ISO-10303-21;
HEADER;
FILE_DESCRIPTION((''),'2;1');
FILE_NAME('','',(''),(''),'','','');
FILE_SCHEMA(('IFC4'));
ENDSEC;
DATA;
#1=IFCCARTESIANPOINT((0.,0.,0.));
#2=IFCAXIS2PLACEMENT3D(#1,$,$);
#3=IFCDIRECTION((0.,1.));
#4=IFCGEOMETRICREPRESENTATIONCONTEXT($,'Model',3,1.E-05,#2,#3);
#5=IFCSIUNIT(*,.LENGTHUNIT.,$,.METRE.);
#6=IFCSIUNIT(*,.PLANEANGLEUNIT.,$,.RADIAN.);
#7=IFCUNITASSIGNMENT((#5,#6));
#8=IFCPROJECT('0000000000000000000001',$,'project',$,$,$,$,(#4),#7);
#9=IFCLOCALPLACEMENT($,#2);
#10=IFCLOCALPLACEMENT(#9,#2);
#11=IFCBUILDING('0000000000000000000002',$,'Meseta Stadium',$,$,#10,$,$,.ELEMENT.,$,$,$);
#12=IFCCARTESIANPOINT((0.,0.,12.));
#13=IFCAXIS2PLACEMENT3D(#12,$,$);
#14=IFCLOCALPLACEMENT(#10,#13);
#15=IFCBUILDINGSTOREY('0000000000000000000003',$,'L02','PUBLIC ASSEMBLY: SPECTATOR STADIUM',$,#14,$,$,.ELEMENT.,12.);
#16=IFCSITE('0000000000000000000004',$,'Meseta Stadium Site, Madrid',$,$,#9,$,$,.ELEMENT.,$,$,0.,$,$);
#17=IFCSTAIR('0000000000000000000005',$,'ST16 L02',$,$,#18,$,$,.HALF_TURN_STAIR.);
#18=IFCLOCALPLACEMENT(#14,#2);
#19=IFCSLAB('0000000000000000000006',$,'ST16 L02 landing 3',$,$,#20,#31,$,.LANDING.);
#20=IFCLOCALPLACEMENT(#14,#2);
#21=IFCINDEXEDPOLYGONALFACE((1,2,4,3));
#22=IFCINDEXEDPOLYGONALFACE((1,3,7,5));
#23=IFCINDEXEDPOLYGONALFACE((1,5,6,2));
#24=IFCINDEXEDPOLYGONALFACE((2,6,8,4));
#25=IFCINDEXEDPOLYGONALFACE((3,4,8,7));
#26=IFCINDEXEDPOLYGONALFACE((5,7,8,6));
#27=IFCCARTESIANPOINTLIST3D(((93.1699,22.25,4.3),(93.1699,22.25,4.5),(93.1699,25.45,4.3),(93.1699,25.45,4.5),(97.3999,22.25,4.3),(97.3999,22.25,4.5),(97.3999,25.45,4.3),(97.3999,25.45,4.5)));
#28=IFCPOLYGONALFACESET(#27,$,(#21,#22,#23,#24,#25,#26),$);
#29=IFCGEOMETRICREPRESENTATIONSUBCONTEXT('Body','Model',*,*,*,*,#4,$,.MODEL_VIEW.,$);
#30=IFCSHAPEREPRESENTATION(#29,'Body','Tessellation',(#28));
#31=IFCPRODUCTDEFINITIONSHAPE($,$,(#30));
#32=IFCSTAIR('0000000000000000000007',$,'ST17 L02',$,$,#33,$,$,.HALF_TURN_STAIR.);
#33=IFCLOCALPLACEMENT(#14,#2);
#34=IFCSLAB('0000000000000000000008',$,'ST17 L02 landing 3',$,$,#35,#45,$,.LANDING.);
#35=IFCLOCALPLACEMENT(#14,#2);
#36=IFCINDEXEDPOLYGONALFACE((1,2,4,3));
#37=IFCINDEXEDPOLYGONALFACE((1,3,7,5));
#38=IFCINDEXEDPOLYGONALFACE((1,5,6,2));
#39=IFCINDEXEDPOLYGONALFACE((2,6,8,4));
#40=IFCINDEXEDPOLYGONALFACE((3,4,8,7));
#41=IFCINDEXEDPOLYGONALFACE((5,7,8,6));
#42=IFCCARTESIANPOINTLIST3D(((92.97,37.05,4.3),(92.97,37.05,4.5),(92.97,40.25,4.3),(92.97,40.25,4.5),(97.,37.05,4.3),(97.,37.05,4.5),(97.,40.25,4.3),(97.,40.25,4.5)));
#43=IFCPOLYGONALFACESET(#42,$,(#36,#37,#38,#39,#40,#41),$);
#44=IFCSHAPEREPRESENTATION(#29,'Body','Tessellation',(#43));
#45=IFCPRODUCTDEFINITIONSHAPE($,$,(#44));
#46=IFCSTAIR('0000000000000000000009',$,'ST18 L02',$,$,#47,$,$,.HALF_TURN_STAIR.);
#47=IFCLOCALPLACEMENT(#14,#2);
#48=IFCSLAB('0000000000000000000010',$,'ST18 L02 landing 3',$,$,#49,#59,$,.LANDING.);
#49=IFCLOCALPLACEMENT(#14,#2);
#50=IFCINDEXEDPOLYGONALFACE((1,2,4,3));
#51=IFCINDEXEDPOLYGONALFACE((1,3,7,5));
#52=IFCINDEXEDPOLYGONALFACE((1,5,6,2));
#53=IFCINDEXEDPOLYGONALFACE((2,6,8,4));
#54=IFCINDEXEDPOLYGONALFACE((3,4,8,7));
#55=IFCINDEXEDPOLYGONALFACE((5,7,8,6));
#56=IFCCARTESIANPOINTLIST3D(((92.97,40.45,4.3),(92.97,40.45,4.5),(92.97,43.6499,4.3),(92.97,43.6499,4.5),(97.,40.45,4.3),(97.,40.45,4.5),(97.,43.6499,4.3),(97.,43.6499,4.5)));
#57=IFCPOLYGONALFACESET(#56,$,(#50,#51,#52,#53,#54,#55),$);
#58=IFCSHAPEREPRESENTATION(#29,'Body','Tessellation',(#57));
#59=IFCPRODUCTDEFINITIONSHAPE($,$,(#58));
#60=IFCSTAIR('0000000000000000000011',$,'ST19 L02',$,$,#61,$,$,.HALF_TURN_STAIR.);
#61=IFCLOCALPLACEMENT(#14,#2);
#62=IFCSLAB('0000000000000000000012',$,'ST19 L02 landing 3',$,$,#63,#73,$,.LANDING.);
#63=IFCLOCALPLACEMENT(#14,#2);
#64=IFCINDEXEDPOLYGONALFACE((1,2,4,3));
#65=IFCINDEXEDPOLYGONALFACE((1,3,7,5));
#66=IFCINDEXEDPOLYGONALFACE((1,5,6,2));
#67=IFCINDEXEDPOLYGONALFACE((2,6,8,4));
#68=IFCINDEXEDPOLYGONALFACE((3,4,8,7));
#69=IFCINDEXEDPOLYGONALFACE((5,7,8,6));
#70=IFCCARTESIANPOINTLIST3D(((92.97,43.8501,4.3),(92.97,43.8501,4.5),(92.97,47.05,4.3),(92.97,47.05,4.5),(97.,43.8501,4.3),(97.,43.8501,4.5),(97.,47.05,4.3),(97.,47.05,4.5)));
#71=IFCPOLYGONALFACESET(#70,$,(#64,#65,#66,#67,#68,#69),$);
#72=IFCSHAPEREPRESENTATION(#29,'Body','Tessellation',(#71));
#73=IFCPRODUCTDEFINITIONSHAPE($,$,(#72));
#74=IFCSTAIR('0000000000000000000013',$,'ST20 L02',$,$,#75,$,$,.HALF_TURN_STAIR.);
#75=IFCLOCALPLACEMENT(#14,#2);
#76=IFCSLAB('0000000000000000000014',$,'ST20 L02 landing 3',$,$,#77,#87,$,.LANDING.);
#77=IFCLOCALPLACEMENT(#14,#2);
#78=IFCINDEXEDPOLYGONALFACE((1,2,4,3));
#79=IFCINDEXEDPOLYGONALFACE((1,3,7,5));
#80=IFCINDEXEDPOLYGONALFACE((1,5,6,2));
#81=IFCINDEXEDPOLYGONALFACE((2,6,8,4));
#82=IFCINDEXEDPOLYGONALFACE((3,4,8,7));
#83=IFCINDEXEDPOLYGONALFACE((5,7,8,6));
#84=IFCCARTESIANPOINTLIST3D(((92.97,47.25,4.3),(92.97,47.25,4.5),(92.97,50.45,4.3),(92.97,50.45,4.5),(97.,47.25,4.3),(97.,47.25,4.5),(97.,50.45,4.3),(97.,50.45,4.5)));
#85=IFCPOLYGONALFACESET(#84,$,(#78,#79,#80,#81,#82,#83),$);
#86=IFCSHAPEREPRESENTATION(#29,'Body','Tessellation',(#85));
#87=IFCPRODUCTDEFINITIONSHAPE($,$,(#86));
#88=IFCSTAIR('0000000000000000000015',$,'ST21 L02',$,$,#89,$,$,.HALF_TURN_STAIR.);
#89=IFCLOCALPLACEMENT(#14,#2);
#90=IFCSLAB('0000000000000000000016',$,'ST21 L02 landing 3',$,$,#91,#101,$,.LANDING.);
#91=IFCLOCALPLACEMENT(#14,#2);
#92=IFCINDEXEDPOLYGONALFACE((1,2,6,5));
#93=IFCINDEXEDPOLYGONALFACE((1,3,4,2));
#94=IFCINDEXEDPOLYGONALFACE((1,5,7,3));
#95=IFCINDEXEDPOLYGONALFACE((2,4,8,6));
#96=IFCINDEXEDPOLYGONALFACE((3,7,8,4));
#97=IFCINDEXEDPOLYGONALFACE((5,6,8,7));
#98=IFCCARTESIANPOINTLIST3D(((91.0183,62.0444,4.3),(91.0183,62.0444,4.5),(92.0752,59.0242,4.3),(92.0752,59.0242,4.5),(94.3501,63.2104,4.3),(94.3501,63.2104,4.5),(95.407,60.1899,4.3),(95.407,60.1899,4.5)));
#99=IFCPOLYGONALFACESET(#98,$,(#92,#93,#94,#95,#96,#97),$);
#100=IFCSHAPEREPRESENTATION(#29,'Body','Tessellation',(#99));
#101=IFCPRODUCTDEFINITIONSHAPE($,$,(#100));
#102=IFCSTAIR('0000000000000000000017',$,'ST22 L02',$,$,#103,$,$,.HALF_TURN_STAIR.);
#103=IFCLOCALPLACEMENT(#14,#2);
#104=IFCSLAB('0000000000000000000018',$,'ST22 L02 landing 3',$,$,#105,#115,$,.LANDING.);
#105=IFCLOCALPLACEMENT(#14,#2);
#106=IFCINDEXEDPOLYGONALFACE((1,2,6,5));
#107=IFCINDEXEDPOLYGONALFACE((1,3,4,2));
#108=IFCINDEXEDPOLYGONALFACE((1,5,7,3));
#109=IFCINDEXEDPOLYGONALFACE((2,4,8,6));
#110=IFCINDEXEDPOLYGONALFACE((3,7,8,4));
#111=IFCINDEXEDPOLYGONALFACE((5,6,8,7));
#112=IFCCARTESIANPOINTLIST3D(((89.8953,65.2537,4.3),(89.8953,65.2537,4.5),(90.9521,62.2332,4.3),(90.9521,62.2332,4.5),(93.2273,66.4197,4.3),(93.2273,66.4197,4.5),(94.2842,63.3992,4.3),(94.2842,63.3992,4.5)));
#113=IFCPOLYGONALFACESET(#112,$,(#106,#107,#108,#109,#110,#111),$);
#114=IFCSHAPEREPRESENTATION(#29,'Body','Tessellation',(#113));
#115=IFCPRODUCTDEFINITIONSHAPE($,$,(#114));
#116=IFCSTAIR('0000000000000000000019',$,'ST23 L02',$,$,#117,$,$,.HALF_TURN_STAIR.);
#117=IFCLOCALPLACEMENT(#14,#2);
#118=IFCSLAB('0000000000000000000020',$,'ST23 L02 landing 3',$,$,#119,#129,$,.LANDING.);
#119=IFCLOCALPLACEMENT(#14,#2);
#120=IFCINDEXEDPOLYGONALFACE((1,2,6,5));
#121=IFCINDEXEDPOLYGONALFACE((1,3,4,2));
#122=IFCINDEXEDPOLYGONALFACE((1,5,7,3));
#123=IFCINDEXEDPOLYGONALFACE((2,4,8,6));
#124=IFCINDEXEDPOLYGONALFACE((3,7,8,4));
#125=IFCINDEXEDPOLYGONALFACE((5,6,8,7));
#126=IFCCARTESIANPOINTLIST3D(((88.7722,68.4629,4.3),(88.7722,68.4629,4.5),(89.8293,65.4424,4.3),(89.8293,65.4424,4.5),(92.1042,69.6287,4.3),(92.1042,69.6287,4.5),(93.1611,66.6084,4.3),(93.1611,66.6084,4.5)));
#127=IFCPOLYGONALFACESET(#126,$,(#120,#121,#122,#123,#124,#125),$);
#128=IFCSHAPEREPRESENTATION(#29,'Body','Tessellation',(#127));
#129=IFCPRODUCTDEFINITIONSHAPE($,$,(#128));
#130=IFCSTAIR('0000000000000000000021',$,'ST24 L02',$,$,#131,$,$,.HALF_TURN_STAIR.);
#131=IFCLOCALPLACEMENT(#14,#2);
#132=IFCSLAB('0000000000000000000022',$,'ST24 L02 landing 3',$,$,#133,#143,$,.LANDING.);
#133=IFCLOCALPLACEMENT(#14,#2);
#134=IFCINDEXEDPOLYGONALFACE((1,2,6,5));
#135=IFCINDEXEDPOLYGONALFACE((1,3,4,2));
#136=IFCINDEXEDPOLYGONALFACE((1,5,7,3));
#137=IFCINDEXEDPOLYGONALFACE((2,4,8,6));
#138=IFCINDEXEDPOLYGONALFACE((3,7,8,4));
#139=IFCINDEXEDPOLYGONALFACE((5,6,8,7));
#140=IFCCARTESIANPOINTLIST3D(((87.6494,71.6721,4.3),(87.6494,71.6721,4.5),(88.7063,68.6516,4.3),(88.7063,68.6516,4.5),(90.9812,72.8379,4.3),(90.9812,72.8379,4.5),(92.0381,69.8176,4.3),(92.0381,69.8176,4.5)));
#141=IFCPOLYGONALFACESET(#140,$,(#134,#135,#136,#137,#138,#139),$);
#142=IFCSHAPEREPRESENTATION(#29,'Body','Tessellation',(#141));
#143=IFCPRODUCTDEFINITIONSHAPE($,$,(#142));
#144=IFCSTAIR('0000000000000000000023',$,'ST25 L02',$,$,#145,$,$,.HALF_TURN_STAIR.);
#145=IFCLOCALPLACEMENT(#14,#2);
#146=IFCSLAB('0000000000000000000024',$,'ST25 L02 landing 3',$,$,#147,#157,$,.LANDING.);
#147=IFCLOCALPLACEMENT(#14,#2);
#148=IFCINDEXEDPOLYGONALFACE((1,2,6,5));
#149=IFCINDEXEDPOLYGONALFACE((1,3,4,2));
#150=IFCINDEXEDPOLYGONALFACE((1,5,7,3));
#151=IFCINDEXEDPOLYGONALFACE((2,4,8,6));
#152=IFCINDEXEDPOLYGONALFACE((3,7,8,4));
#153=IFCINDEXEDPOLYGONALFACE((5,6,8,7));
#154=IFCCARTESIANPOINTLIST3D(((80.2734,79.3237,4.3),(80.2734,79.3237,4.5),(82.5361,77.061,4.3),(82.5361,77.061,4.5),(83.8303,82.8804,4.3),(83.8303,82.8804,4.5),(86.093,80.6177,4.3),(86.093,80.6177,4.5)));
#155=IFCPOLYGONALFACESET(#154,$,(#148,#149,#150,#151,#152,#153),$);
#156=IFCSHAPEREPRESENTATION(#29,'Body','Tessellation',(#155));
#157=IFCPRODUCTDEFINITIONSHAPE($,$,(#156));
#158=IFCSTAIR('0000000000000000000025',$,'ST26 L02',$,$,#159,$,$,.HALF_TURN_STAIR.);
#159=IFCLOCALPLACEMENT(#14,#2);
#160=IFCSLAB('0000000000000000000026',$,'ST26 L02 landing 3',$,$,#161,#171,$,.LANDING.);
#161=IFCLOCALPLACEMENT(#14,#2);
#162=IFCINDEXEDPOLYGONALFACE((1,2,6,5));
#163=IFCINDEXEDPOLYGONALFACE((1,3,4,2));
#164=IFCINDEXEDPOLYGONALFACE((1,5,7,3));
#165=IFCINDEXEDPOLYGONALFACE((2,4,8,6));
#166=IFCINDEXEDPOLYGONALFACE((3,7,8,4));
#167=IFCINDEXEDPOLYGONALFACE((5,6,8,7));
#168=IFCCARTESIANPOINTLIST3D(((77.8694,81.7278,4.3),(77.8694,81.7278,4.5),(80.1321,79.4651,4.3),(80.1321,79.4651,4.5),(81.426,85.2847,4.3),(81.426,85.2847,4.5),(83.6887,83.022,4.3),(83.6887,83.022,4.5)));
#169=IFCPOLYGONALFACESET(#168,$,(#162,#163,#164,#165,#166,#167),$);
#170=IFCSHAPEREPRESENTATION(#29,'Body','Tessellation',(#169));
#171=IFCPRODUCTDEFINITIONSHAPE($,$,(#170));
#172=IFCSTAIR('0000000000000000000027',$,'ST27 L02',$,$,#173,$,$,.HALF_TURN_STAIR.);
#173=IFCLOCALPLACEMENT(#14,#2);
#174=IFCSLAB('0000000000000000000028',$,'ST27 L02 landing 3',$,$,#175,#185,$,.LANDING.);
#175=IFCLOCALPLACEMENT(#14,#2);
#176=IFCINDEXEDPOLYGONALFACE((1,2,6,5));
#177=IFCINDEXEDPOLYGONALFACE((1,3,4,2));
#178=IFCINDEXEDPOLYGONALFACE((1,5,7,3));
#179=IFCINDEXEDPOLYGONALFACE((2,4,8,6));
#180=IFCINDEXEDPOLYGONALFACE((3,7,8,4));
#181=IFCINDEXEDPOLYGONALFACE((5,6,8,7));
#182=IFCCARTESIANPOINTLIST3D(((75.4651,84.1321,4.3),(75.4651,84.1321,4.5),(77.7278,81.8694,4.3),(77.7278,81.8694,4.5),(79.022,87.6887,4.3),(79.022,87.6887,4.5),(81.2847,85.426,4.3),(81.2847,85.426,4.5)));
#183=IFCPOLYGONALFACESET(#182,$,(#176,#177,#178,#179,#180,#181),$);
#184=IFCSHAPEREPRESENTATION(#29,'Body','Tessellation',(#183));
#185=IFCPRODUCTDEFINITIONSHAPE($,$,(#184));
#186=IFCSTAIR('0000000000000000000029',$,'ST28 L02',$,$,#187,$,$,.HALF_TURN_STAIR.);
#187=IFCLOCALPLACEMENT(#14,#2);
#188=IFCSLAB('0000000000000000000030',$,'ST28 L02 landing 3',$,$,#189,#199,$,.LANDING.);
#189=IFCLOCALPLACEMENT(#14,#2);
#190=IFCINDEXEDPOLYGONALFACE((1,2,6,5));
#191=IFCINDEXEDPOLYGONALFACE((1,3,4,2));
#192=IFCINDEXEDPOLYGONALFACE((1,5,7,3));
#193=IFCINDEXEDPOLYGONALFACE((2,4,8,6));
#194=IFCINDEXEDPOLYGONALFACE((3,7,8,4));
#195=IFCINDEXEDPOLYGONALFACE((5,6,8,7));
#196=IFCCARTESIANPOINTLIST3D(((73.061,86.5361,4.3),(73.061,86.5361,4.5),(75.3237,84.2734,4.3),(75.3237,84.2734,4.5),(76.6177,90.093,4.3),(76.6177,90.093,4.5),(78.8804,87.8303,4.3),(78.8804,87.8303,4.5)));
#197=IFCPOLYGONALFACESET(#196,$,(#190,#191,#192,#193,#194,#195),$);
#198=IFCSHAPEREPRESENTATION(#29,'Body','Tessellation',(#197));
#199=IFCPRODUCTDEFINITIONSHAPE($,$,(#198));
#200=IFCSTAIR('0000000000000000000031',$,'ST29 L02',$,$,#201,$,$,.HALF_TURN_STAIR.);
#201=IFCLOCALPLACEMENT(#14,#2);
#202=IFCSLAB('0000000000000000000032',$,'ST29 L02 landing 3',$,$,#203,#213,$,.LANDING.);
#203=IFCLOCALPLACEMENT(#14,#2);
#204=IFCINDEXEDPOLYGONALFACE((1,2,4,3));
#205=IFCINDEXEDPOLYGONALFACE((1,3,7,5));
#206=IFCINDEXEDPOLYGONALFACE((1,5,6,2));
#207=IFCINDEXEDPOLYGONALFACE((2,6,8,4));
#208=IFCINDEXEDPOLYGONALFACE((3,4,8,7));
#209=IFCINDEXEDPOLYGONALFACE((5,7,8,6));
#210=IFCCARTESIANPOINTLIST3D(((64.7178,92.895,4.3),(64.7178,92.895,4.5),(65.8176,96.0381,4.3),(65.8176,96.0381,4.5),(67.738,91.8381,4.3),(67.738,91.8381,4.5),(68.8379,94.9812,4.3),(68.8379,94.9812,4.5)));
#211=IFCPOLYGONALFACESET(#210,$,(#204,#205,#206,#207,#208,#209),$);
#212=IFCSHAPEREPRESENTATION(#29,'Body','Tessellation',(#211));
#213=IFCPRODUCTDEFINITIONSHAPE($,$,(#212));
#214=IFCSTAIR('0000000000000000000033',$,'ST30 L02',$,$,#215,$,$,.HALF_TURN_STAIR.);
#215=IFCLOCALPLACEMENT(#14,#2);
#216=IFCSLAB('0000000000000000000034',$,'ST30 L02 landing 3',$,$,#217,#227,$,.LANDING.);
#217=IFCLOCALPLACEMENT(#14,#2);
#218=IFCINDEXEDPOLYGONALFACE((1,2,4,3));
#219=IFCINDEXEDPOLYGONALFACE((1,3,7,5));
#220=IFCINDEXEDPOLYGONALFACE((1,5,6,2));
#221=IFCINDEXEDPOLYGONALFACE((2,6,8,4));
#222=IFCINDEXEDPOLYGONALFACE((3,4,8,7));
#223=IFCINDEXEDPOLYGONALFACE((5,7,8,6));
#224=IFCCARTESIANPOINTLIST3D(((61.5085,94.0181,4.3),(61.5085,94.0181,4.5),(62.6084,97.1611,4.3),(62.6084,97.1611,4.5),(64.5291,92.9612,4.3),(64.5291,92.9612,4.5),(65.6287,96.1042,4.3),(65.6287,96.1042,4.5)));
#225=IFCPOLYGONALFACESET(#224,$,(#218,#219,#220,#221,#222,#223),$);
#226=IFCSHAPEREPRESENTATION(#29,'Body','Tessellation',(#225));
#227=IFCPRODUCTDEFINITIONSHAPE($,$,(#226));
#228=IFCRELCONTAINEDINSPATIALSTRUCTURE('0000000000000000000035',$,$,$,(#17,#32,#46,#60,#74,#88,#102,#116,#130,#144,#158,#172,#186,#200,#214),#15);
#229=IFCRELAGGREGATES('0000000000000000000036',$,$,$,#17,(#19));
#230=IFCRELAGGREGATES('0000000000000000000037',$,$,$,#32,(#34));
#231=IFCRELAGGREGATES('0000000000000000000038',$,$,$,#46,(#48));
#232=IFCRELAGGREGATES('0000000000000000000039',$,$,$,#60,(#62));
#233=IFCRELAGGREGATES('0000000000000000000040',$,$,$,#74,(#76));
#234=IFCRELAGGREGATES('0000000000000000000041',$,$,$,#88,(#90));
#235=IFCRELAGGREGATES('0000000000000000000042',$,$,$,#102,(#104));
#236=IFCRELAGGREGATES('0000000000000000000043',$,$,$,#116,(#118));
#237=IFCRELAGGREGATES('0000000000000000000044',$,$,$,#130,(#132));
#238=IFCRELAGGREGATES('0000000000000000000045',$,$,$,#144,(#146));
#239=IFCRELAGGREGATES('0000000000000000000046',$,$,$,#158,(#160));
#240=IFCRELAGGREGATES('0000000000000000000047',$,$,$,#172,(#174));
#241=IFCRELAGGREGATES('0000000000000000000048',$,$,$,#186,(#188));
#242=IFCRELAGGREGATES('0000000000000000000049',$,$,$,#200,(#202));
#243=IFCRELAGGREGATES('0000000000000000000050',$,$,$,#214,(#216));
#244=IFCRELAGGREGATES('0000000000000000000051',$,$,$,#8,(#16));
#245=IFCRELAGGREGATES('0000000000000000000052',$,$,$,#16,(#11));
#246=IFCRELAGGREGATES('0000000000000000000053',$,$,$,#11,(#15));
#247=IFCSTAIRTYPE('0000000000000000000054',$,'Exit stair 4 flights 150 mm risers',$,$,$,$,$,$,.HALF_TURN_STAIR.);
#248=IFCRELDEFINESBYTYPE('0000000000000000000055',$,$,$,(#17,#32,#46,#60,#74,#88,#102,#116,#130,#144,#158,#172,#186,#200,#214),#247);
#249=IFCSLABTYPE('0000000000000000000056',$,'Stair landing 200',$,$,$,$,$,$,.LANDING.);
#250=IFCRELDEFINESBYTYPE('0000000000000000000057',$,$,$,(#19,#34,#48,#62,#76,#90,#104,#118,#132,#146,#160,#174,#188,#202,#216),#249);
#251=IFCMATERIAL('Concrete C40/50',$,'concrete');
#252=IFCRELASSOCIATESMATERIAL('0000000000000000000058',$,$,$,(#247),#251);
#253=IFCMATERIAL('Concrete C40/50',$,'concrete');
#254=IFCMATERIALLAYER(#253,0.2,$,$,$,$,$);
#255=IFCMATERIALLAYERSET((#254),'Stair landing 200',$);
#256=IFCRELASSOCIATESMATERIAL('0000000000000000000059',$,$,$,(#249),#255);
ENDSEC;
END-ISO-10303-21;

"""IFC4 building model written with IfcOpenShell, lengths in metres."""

from ifc_helpers import new_model, si_unit, direction, frame, origin, place, context, subcontext, project, spatial, polyline, outline, extrude, material, layer, layer_set, type_object, element, aggregate, save


model = new_model("IFC4")

# Units and contexts
model_context = context("Model", 3, precision=1e-05, world=origin(), true_north=direction((0.0, 1.0)))
body_context = subcontext(model_context, "Body", "Model", "MODEL_VIEW")
ifc_project = project(units=[si_unit("LENGTHUNIT", "METRE"), si_unit("PLANEANGLEUNIT", "RADIAN")], contexts=[model_context])

# Site, building, storey
site_placement = place(None, origin())
site = spatial("IfcSite", under=ifc_project, at=site_placement, Name="Meseta Stadium Site, Madrid", CompositionType="ELEMENT", RefElevation=0.0)
building_placement = place(site_placement, origin())
building = spatial("IfcBuilding", under=site, at=building_placement, Name="Meseta Stadium", CompositionType="ELEMENT")
storey_placement = place(building_placement, frame((0.0, 0.0, 12.0)))
storey = spatial("IfcBuildingStorey", under=building, at=storey_placement, Name="L02", Description="PUBLIC ASSEMBLY: SPECTATOR STADIUM", CompositionType="ELEMENT", Elevation=12.0)

# Stairs, slabs
ifc_material_1 = material(Name="Concrete C40/50", Category="concrete")
stair_type = type_object("IfcStairType", Name="Exit stair 4 flights 150 mm risers", PredefinedType="HALF_TURN_STAIR", material=ifc_material_1)
ifc_material_2 = material(Name="Concrete C40/50", Category="concrete")
ifc_layer = layer(ifc_material_2, 0.2)
ifc_layer_set = layer_set([ifc_layer], Name="Stair landing 200")
slab_type = type_object("IfcSlabType", Name="Stair landing 200", PredefinedType="LANDING", material=ifc_layer_set)
stair_1_placement = place(storey_placement, origin())
stair_1 = element("IfcStair", 1, at=stair_1_placement, inside=storey, type_object=stair_type, Name="ST16 L02", PredefinedType="HALF_TURN_STAIR")
slab_1_placement = place(storey_placement, frame((0.0, 0.0, 4.3)))
slab_1 = element("IfcSlab", 2, at=slab_1_placement, type_object=slab_type, Name="ST16 L02 landing 3", PredefinedType="LANDING", context=body_context, shape_type="SweptSolid", body=[
    extrude(outline(polyline([(93.1699, 22.25), (97.3999, 22.25), (97.3999, 25.45), (93.1699, 25.45), (93.1699, 22.25)])), origin(), (0.0, 0.0, 1.0), 0.2),
])
aggregate(stair_1, [slab_1])
stair_2_placement = place(storey_placement, origin())
stair_2 = element("IfcStair", 3, at=stair_2_placement, inside=storey, type_object=stair_type, Name="ST17 L02", PredefinedType="HALF_TURN_STAIR")
slab_2_placement = place(storey_placement, frame((0.0, 0.0, 4.3)))
slab_2 = element("IfcSlab", 4, at=slab_2_placement, type_object=slab_type, Name="ST17 L02 landing 3", PredefinedType="LANDING", context=body_context, shape_type="SweptSolid", body=[
    extrude(outline(polyline([(92.97, 37.05), (97.0, 37.05), (97.0, 40.25), (92.97, 40.25), (92.97, 37.05)])), origin(), (0.0, 0.0, 1.0), 0.2),
])
aggregate(stair_2, [slab_2])
stair_3_placement = place(storey_placement, origin())
stair_3 = element("IfcStair", 5, at=stair_3_placement, inside=storey, type_object=stair_type, Name="ST18 L02", PredefinedType="HALF_TURN_STAIR")
slab_3_placement = place(storey_placement, frame((0.0, 0.0, 4.3)))
slab_3 = element("IfcSlab", 6, at=slab_3_placement, type_object=slab_type, Name="ST18 L02 landing 3", PredefinedType="LANDING", context=body_context, shape_type="SweptSolid", body=[
    extrude(outline(polyline([(92.97, 40.45), (97.0, 40.45), (97.0, 43.6499), (92.97, 43.6499), (92.97, 40.45)])), origin(), (0.0, 0.0, 1.0), 0.2),
])
aggregate(stair_3, [slab_3])
stair_4_placement = place(storey_placement, origin())
stair_4 = element("IfcStair", 7, at=stair_4_placement, inside=storey, type_object=stair_type, Name="ST19 L02", PredefinedType="HALF_TURN_STAIR")
slab_4_placement = place(storey_placement, frame((0.0, 0.0, 4.3)))
slab_4 = element("IfcSlab", 8, at=slab_4_placement, type_object=slab_type, Name="ST19 L02 landing 3", PredefinedType="LANDING", context=body_context, shape_type="SweptSolid", body=[
    extrude(outline(polyline([(92.97, 43.8501), (97.0, 43.8501), (97.0, 47.05), (92.97, 47.05), (92.97, 43.8501)])), origin(), (0.0, 0.0, 1.0), 0.2),
])
aggregate(stair_4, [slab_4])
stair_5_placement = place(storey_placement, origin())
stair_5 = element("IfcStair", 9, at=stair_5_placement, inside=storey, type_object=stair_type, Name="ST20 L02", PredefinedType="HALF_TURN_STAIR")
slab_5_placement = place(storey_placement, frame((0.0, 0.0, 4.3)))
slab_5 = element("IfcSlab", 10, at=slab_5_placement, type_object=slab_type, Name="ST20 L02 landing 3", PredefinedType="LANDING", context=body_context, shape_type="SweptSolid", body=[
    extrude(outline(polyline([(92.97, 47.25), (97.0, 47.25), (97.0, 50.45), (92.97, 50.45), (92.97, 47.25)])), origin(), (0.0, 0.0, 1.0), 0.2),
])
aggregate(stair_5, [slab_5])
stair_6_placement = place(storey_placement, origin())
stair_6 = element("IfcStair", 11, at=stair_6_placement, inside=storey, type_object=stair_type, Name="ST21 L02", PredefinedType="HALF_TURN_STAIR")
slab_6_placement = place(storey_placement, frame((0.0, 0.0, 4.3)))
slab_6 = element("IfcSlab", 12, at=slab_6_placement, type_object=slab_type, Name="ST21 L02 landing 3", PredefinedType="LANDING", context=body_context, shape_type="SweptSolid", body=[
    extrude(outline(polyline([(92.0752, 59.0242), (95.407, 60.1899), (94.3501, 63.2104), (91.0183, 62.0444), (92.0752, 59.0242)])), origin(), (0.0, 0.0, 1.0), 0.2),
])
aggregate(stair_6, [slab_6])
stair_7_placement = place(storey_placement, origin())
stair_7 = element("IfcStair", 13, at=stair_7_placement, inside=storey, type_object=stair_type, Name="ST22 L02", PredefinedType="HALF_TURN_STAIR")
slab_7_placement = place(storey_placement, frame((0.0, 0.0, 4.3)))
slab_7 = element("IfcSlab", 14, at=slab_7_placement, type_object=slab_type, Name="ST22 L02 landing 3", PredefinedType="LANDING", context=body_context, shape_type="SweptSolid", body=[
    extrude(outline(polyline([(90.9521, 62.2332), (94.2842, 63.3992), (93.2273, 66.4197), (89.8953, 65.2537), (90.9521, 62.2332)])), origin(), (0.0, 0.0, 1.0), 0.2),
])
aggregate(stair_7, [slab_7])
stair_8_placement = place(storey_placement, origin())
stair_8 = element("IfcStair", 15, at=stair_8_placement, inside=storey, type_object=stair_type, Name="ST23 L02", PredefinedType="HALF_TURN_STAIR")
slab_8_placement = place(storey_placement, frame((0.0, 0.0, 4.3)))
slab_8 = element("IfcSlab", 16, at=slab_8_placement, type_object=slab_type, Name="ST23 L02 landing 3", PredefinedType="LANDING", context=body_context, shape_type="SweptSolid", body=[
    extrude(outline(polyline([(89.8293, 65.4424), (93.1611, 66.6084), (92.1042, 69.6287), (88.7722, 68.4629), (89.8293, 65.4424)])), origin(), (0.0, 0.0, 1.0), 0.2),
])
aggregate(stair_8, [slab_8])
stair_9_placement = place(storey_placement, origin())
stair_9 = element("IfcStair", 17, at=stair_9_placement, inside=storey, type_object=stair_type, Name="ST24 L02", PredefinedType="HALF_TURN_STAIR")
slab_9_placement = place(storey_placement, frame((0.0, 0.0, 4.3)))
slab_9 = element("IfcSlab", 18, at=slab_9_placement, type_object=slab_type, Name="ST24 L02 landing 3", PredefinedType="LANDING", context=body_context, shape_type="SweptSolid", body=[
    extrude(outline(polyline([(88.7063, 68.6516), (92.0381, 69.8176), (90.9812, 72.8379), (87.6494, 71.6721), (88.7063, 68.6516)])), origin(), (0.0, 0.0, 1.0), 0.2),
])
aggregate(stair_9, [slab_9])
stair_10_placement = place(storey_placement, origin())
stair_10 = element("IfcStair", 19, at=stair_10_placement, inside=storey, type_object=stair_type, Name="ST25 L02", PredefinedType="HALF_TURN_STAIR")
slab_10_placement = place(storey_placement, frame((0.0, 0.0, 4.3)))
slab_10 = element("IfcSlab", 20, at=slab_10_placement, type_object=slab_type, Name="ST25 L02 landing 3", PredefinedType="LANDING", context=body_context, shape_type="SweptSolid", body=[
    extrude(outline(polyline([(82.5361, 77.061), (86.093, 80.6177), (83.8303, 82.8804), (80.2734, 79.3237), (82.5361, 77.061)])), origin(), (0.0, 0.0, 1.0), 0.2),
])
aggregate(stair_10, [slab_10])
stair_11_placement = place(storey_placement, origin())
stair_11 = element("IfcStair", 21, at=stair_11_placement, inside=storey, type_object=stair_type, Name="ST26 L02", PredefinedType="HALF_TURN_STAIR")
slab_11_placement = place(storey_placement, frame((0.0, 0.0, 4.3)))
slab_11 = element("IfcSlab", 22, at=slab_11_placement, type_object=slab_type, Name="ST26 L02 landing 3", PredefinedType="LANDING", context=body_context, shape_type="SweptSolid", body=[
    extrude(outline(polyline([(80.1321, 79.4651), (83.6887, 83.022), (81.426, 85.2847), (77.8694, 81.7278), (80.1321, 79.4651)])), origin(), (0.0, 0.0, 1.0), 0.2),
])
aggregate(stair_11, [slab_11])
stair_12_placement = place(storey_placement, origin())
stair_12 = element("IfcStair", 23, at=stair_12_placement, inside=storey, type_object=stair_type, Name="ST27 L02", PredefinedType="HALF_TURN_STAIR")
slab_12_placement = place(storey_placement, frame((0.0, 0.0, 4.3)))
slab_12 = element("IfcSlab", 24, at=slab_12_placement, type_object=slab_type, Name="ST27 L02 landing 3", PredefinedType="LANDING", context=body_context, shape_type="SweptSolid", body=[
    extrude(outline(polyline([(77.7278, 81.8694), (81.2847, 85.426), (79.022, 87.6887), (75.4651, 84.1321), (77.7278, 81.8694)])), origin(), (0.0, 0.0, 1.0), 0.2),
])
aggregate(stair_12, [slab_12])
stair_13_placement = place(storey_placement, origin())
stair_13 = element("IfcStair", 25, at=stair_13_placement, inside=storey, type_object=stair_type, Name="ST28 L02", PredefinedType="HALF_TURN_STAIR")
slab_13_placement = place(storey_placement, frame((0.0, 0.0, 4.3)))
slab_13 = element("IfcSlab", 26, at=slab_13_placement, type_object=slab_type, Name="ST28 L02 landing 3", PredefinedType="LANDING", context=body_context, shape_type="SweptSolid", body=[
    extrude(outline(polyline([(75.3237, 84.2734), (78.8804, 87.8303), (76.6177, 90.093), (73.061, 86.5361), (75.3237, 84.2734)])), origin(), (0.0, 0.0, 1.0), 0.2),
])
aggregate(stair_13, [slab_13])
stair_14_placement = place(storey_placement, origin())
stair_14 = element("IfcStair", 27, at=stair_14_placement, inside=storey, type_object=stair_type, Name="ST29 L02", PredefinedType="HALF_TURN_STAIR")
slab_14_placement = place(storey_placement, frame((0.0, 0.0, 4.3)))
slab_14 = element("IfcSlab", 28, at=slab_14_placement, type_object=slab_type, Name="ST29 L02 landing 3", PredefinedType="LANDING", context=body_context, shape_type="SweptSolid", body=[
    extrude(outline(polyline([(67.738, 91.8381), (68.8379, 94.9812), (65.8176, 96.0381), (64.7178, 92.895), (67.738, 91.8381)])), origin(), (0.0, 0.0, 1.0), 0.2),
])
aggregate(stair_14, [slab_14])
stair_15_placement = place(storey_placement, origin())
stair_15 = element("IfcStair", 29, at=stair_15_placement, inside=storey, type_object=stair_type, Name="ST30 L02", PredefinedType="HALF_TURN_STAIR")
slab_15_placement = place(storey_placement, frame((0.0, 0.0, 4.3)))
slab_15 = element("IfcSlab", 30, at=slab_15_placement, type_object=slab_type, Name="ST30 L02 landing 3", PredefinedType="LANDING", context=body_context, shape_type="SweptSolid", body=[
    extrude(outline(polyline([(64.5291, 92.9612), (65.6287, 96.1042), (62.6084, 97.1611), (61.5085, 94.0181), (64.5291, 92.9612)])), origin(), (0.0, 0.0, 1.0), 0.2),
])
aggregate(stair_15, [slab_15])

save(model, "model.ifc")
